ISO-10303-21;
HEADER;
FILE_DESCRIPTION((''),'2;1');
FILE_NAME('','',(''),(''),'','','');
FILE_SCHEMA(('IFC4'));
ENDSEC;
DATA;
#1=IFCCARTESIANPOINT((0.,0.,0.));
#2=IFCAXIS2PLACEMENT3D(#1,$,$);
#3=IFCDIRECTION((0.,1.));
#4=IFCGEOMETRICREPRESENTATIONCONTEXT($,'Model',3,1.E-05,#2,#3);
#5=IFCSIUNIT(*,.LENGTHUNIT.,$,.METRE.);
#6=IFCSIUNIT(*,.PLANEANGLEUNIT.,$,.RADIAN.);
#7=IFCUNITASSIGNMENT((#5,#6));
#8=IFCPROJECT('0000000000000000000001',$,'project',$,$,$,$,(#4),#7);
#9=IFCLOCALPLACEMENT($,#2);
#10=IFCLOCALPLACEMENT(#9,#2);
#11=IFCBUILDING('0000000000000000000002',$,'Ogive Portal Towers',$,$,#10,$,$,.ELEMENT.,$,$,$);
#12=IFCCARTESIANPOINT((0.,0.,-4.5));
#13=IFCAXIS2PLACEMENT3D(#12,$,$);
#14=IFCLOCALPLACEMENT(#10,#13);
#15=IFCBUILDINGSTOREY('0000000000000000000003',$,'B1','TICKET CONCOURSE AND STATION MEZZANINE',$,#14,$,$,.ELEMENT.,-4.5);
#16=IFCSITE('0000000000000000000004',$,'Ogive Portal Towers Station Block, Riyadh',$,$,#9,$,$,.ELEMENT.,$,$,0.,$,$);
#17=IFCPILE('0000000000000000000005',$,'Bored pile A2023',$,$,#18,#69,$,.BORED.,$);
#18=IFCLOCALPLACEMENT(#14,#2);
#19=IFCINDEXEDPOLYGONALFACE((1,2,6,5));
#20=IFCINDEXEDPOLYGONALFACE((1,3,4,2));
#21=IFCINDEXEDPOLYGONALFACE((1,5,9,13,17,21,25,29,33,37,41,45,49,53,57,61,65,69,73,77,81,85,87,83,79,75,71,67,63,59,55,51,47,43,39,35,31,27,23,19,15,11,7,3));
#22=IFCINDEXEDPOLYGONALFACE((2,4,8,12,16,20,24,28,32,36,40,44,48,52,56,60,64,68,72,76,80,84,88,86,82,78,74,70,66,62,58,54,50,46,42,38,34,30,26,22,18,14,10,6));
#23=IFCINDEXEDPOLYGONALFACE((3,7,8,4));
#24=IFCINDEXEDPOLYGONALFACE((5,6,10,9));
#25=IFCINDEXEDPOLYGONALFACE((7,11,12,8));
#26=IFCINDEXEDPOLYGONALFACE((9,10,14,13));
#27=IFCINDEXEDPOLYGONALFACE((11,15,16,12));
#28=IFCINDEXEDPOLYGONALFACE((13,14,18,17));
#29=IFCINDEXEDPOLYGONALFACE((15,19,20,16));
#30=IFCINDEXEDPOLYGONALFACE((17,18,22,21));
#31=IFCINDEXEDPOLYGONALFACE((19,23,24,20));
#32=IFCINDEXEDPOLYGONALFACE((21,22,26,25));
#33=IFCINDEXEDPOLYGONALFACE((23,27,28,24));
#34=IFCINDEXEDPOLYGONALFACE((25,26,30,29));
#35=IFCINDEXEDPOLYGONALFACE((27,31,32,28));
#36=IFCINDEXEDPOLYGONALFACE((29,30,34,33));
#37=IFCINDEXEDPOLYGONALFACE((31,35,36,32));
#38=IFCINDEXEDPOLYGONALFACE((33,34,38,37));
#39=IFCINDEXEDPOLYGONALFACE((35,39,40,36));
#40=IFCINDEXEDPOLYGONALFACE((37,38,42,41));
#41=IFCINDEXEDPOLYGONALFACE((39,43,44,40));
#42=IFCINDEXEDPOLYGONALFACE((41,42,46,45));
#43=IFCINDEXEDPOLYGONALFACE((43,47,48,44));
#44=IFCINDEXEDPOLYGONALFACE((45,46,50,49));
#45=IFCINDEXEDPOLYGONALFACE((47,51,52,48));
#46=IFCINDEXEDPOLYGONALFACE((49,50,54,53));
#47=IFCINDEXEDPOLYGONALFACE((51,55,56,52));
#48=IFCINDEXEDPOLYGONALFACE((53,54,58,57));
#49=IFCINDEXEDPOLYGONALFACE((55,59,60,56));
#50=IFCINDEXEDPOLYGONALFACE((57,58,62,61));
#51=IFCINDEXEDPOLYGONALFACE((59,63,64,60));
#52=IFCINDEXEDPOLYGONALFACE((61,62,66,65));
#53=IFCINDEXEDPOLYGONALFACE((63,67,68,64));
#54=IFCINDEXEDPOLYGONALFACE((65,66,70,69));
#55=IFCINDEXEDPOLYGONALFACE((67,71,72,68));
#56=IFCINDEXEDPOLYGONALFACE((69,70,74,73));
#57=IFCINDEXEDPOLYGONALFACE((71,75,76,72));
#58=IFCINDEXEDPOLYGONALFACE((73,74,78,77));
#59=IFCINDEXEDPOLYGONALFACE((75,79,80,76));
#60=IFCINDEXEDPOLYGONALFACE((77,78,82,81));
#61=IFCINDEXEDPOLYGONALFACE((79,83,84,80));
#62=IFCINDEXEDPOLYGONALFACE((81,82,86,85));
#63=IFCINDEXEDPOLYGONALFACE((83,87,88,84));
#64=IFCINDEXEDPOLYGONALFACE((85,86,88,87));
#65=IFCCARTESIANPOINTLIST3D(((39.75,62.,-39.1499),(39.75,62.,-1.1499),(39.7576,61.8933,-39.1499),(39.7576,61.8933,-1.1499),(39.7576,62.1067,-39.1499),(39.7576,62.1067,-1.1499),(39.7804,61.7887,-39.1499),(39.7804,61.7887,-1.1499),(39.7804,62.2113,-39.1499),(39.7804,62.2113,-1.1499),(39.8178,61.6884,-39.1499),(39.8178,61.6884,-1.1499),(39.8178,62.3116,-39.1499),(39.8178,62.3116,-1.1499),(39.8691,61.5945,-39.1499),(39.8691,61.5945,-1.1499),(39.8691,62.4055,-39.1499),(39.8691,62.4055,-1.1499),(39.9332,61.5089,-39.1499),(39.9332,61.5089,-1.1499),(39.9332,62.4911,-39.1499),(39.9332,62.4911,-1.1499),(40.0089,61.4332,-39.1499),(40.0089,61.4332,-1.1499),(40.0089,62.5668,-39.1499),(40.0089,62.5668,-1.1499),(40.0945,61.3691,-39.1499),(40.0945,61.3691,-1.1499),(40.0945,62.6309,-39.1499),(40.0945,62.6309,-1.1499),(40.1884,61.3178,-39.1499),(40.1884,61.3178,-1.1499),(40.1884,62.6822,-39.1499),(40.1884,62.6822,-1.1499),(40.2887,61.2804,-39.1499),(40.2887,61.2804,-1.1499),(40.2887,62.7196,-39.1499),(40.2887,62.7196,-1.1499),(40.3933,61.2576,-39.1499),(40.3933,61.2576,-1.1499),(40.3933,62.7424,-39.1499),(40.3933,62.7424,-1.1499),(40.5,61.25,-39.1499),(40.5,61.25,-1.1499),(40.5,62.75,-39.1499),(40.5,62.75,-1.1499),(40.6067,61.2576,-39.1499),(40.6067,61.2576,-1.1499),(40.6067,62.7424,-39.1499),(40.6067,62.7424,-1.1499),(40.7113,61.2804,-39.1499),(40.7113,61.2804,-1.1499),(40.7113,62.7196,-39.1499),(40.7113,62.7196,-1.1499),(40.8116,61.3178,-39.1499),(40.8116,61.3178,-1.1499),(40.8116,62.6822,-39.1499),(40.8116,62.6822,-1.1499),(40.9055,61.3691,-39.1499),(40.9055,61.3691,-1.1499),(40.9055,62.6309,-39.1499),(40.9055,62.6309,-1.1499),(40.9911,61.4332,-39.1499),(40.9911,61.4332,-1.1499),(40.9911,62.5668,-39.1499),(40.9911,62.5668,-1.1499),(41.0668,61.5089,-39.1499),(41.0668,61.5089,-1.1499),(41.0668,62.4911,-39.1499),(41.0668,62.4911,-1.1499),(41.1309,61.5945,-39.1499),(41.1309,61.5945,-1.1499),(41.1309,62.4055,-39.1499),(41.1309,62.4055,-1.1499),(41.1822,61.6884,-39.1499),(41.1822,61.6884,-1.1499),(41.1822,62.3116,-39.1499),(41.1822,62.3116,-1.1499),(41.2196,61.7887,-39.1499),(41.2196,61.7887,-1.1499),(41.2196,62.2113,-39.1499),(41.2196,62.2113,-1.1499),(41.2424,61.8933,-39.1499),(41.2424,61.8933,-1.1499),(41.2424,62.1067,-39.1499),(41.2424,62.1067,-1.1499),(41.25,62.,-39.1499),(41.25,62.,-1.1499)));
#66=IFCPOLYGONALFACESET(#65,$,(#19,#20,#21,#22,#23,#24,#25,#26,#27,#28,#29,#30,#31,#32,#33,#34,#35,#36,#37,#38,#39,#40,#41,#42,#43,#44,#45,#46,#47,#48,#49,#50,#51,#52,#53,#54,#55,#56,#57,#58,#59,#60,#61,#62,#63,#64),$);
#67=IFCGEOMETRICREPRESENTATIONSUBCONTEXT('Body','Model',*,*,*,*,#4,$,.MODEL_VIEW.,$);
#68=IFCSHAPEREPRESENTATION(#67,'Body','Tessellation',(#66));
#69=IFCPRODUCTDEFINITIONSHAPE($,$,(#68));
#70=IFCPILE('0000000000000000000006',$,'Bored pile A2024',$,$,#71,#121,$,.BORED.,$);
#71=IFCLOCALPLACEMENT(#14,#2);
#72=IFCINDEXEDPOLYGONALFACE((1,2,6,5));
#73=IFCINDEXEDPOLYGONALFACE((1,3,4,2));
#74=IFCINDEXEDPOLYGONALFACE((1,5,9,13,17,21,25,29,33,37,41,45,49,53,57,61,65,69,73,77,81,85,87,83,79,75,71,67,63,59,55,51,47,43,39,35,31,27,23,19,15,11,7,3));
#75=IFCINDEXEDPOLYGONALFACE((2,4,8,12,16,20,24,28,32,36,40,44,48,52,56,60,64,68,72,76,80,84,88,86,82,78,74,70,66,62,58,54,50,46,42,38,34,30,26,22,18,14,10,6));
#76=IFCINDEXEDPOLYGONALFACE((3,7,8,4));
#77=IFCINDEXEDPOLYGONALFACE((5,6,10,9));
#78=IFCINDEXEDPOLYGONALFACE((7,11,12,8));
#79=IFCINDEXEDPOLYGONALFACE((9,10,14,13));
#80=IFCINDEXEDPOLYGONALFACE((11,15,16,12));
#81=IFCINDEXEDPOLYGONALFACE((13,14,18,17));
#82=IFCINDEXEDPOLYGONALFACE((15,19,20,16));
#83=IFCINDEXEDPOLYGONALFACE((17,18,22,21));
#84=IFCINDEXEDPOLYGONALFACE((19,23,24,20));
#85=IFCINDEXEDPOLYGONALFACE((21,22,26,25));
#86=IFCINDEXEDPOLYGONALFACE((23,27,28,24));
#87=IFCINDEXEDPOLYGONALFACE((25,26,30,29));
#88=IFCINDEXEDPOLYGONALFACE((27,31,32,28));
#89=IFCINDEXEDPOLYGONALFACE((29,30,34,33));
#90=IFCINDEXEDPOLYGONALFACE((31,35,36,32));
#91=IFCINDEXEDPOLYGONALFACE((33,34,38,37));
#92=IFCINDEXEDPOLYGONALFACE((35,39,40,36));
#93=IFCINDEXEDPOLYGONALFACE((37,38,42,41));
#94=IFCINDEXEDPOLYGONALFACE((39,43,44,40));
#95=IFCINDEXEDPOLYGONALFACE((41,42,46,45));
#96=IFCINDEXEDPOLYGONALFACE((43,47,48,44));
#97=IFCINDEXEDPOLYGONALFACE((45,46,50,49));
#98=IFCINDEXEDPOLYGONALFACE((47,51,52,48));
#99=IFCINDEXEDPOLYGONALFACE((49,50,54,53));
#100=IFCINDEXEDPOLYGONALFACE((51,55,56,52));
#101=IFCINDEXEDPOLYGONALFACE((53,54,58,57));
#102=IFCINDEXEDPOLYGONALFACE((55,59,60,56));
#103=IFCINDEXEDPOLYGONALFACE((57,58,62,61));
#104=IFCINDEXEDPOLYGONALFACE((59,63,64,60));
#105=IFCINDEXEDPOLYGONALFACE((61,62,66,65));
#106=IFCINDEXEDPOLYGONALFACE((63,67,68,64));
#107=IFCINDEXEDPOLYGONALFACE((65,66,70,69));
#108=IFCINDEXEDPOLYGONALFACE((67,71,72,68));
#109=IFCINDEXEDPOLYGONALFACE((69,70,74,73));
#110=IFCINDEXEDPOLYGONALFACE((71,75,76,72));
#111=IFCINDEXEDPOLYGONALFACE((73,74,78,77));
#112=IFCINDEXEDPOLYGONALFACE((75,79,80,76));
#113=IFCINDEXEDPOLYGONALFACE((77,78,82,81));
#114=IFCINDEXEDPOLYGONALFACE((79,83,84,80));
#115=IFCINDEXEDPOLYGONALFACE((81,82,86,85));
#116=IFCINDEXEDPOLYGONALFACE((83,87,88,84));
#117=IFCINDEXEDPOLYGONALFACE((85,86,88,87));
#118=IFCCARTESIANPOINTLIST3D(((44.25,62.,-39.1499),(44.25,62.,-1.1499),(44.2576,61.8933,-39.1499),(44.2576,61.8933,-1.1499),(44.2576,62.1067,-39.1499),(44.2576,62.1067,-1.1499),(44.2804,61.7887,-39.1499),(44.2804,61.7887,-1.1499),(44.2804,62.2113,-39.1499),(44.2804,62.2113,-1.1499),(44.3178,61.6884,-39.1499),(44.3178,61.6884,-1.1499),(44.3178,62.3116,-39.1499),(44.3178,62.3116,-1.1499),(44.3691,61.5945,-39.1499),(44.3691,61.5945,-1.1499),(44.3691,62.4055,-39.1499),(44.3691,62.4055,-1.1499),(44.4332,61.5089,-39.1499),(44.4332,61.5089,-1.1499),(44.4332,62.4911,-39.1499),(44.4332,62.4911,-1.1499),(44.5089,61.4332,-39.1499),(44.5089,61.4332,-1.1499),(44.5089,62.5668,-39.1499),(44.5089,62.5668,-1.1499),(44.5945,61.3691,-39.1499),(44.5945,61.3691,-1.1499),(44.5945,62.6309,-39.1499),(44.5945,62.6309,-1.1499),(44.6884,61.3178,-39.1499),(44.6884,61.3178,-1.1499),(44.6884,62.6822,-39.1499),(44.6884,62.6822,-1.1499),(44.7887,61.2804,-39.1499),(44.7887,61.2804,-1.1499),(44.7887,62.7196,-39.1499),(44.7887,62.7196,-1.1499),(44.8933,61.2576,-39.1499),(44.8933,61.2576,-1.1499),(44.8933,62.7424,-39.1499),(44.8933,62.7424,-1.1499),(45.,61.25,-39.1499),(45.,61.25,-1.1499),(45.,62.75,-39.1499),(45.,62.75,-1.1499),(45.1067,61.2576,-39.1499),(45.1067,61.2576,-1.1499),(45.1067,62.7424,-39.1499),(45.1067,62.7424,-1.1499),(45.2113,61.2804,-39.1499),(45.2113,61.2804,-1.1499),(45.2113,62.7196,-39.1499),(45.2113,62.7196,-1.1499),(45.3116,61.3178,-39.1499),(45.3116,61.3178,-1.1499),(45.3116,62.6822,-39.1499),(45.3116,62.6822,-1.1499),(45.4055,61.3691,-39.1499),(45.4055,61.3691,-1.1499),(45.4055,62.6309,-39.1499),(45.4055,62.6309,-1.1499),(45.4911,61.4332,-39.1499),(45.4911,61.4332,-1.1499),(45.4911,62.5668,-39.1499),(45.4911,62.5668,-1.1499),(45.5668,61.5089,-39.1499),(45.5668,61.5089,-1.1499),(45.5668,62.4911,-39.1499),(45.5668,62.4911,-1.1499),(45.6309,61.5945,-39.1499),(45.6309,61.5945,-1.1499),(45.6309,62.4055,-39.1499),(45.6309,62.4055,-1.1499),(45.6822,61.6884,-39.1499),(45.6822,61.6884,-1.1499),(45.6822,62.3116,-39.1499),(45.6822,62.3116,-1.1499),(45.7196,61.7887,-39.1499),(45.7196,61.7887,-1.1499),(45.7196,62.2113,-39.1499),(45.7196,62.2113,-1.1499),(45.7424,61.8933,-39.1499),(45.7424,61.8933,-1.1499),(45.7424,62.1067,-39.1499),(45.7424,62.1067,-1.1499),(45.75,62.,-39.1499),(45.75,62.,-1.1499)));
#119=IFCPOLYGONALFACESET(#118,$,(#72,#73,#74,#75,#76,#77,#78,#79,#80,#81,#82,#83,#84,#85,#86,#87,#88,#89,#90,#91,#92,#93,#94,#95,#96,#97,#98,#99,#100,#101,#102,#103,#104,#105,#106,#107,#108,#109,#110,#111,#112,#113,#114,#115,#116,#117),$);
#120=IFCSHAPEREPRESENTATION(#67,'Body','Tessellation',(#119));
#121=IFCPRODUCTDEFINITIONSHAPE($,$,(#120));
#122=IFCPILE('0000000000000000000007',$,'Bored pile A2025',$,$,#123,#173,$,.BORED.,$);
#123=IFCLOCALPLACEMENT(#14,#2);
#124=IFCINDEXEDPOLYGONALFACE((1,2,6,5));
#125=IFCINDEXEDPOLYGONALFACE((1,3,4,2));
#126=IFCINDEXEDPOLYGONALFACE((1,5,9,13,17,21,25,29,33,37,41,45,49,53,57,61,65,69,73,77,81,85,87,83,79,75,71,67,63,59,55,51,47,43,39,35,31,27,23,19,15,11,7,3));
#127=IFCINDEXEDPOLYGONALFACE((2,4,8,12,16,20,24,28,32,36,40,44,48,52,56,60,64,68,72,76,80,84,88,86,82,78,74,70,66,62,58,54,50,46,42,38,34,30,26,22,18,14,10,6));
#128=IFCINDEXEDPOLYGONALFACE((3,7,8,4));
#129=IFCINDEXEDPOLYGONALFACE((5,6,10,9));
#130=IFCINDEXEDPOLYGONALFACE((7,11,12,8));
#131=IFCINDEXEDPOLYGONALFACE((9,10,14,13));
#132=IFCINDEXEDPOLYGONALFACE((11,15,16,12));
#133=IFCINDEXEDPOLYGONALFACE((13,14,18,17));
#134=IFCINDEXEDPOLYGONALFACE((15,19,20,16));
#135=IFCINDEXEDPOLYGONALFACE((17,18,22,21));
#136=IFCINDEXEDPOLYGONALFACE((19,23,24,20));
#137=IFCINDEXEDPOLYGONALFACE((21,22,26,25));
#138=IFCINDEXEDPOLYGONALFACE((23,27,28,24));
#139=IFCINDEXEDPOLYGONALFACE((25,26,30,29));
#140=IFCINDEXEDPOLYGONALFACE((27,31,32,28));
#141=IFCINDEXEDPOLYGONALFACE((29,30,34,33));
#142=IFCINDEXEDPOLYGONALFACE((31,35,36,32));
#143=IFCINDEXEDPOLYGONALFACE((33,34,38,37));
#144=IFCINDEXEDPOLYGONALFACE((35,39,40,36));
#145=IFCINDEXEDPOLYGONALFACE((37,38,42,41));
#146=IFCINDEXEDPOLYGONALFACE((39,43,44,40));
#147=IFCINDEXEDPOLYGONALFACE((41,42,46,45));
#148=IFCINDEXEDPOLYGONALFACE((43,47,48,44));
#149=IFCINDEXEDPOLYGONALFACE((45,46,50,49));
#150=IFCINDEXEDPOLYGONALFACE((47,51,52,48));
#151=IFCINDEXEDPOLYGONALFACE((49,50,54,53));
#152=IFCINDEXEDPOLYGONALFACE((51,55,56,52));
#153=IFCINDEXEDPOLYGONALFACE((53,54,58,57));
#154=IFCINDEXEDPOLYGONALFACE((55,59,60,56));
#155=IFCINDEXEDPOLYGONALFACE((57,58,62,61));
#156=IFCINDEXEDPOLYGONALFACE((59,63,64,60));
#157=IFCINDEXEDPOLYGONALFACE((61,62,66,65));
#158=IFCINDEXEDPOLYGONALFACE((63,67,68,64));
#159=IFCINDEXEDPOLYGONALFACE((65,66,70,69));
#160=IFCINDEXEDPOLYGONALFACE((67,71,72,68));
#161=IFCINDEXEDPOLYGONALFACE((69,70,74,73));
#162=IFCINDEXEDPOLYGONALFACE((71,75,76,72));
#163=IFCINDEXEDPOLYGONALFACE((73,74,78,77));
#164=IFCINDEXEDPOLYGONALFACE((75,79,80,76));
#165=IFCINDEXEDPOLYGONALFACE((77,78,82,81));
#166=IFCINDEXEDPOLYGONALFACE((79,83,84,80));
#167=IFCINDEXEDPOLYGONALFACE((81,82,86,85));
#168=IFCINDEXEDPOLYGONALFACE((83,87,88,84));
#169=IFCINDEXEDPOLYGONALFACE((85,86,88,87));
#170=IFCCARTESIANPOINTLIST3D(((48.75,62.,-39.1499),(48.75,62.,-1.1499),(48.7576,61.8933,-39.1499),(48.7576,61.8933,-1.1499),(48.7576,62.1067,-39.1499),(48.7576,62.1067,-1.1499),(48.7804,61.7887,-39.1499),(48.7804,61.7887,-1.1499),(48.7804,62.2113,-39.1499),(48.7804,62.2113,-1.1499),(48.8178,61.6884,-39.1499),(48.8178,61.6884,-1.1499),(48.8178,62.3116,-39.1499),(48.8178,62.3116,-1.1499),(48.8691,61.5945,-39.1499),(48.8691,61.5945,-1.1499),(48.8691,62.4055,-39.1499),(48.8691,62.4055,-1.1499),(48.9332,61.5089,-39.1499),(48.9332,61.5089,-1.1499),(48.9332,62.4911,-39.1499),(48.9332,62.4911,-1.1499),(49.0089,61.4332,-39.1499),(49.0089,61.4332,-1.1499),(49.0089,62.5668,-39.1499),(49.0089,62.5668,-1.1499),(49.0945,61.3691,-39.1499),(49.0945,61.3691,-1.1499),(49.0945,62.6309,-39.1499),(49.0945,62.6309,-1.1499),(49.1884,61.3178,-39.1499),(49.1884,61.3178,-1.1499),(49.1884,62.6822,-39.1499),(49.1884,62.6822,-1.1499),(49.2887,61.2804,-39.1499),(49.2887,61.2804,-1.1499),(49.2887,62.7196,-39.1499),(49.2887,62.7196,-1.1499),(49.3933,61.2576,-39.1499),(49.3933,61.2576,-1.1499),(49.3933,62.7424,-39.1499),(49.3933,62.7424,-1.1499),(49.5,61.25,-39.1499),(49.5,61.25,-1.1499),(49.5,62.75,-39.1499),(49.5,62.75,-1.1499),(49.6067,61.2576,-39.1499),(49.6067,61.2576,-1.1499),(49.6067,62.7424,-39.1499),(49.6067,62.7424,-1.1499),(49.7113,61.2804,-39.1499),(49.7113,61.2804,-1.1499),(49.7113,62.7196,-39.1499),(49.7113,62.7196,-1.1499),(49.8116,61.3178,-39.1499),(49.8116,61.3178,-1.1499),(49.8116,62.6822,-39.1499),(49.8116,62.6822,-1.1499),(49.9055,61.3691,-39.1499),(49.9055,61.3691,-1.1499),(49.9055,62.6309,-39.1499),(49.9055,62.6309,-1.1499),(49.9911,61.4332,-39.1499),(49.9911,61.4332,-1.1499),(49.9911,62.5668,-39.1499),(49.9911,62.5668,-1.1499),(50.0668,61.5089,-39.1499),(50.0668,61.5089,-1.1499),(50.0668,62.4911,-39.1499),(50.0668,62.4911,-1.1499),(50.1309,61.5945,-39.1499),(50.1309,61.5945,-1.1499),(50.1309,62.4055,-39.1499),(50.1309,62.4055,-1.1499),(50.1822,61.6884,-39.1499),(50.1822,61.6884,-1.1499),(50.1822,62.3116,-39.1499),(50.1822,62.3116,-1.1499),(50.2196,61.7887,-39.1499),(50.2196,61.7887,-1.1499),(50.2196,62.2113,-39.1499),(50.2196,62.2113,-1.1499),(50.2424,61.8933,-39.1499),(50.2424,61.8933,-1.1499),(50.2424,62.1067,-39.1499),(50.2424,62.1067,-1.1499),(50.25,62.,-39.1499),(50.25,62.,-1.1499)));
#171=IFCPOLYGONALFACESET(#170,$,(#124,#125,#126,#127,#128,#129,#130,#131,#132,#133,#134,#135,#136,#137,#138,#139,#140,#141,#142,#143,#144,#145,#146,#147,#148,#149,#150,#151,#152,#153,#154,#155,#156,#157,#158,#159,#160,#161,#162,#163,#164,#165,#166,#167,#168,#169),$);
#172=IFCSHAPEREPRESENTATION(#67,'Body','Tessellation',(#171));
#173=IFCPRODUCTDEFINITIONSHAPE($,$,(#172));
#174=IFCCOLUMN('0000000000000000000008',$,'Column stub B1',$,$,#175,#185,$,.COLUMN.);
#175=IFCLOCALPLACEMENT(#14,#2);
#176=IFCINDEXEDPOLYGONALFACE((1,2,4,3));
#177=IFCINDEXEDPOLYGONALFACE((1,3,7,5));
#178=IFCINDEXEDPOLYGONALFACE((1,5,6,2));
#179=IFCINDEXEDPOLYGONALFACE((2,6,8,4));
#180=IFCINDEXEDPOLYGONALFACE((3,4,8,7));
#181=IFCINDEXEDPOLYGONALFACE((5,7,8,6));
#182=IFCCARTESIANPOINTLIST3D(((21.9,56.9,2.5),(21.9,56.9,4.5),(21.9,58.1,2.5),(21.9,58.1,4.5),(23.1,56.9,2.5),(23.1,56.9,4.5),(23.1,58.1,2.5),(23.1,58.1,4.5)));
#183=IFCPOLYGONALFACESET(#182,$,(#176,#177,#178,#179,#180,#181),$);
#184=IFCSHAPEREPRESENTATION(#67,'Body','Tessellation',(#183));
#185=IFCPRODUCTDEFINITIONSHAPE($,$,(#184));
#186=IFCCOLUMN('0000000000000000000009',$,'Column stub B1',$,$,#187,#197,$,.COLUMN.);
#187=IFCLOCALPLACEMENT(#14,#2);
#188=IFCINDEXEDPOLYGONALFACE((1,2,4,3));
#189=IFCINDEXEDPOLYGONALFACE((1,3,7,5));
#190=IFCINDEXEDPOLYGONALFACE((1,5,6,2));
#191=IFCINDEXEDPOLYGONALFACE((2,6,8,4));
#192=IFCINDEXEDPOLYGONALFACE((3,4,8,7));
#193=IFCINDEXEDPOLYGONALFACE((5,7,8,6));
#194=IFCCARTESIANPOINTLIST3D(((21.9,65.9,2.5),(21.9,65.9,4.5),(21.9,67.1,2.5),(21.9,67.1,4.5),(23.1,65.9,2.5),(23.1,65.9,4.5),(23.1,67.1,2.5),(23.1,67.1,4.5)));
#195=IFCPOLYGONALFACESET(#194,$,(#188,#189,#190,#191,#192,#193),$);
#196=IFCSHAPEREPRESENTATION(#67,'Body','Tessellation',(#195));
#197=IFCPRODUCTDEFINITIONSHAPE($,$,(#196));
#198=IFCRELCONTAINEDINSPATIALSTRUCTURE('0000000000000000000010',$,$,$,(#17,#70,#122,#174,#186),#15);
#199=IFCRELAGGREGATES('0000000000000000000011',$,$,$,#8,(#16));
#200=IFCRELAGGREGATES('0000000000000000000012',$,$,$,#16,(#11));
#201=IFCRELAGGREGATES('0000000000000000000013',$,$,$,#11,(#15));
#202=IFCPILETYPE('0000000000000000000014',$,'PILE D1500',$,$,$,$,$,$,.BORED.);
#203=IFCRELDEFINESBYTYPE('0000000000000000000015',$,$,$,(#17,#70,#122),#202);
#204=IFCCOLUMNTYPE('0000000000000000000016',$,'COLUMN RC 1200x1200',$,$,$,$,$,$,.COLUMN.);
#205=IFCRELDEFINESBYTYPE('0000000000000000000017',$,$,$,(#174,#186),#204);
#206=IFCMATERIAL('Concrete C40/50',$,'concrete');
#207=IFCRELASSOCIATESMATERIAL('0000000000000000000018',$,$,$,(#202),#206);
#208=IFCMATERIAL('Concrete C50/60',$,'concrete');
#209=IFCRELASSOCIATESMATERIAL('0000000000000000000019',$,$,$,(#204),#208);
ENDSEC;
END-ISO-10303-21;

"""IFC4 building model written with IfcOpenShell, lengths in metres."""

from ifc_helpers import new_model, si_unit, direction, frame, origin, origin_2d, place, context, subcontext, project, spatial, rectangle, circle, extrude, material, material_profile, profile_set, type_object, element, save


model = new_model("IFC4")

# Units and contexts
model_context = context("Model", 3, precision=1e-05, world=origin(), true_north=direction((0.0, 1.0)))
body_context = subcontext(model_context, "Body", "Model", "MODEL_VIEW")
ifc_project = project(units=[si_unit("LENGTHUNIT", "METRE"), si_unit("PLANEANGLEUNIT", "RADIAN")], contexts=[model_context])

# Site, building, storey
site_placement = place(None, origin())
site = spatial("IfcSite", under=ifc_project, at=site_placement, Name="Ogive Portal Towers Station Block, Riyadh", CompositionType="ELEMENT", RefElevation=0.0)
building_placement = place(site_placement, origin())
building = spatial("IfcBuilding", under=site, at=building_placement, Name="Ogive Portal Towers", CompositionType="ELEMENT")
storey_placement = place(building_placement, frame((0.0, 0.0, -4.5)))
storey = spatial("IfcBuildingStorey", under=building, at=storey_placement, Name="B1", Description="TICKET CONCOURSE AND STATION MEZZANINE", CompositionType="ELEMENT", Elevation=-4.5)

# Piles
ifc_material_1 = material(Name="Concrete C40/50", Category="concrete")
ifc_material_profile_1 = material_profile(ifc_material_1, circle(Radius=0.75, at=origin_2d()), Name="PILE D1500")
ifc_profile_set_1 = profile_set([ifc_material_profile_1], Name="Concrete C40/50")
pile_type = type_object("IfcPileType", Name="PILE D1500", PredefinedType="BORED", material=ifc_profile_set_1)
for number, where, z_axis, x_axis, name in (
    (1, (40.5, 62.0, -1.1499), (0.0, 0.0, -1.0), (1.0, 0.0, 0.0), "Bored pile A2023"),
    (2, (45.0, 62.0, -1.1499), (0.0, 0.0, -1.0), (1.0, 0.0, 0.0), "Bored pile A2024"),
    (3, (49.5, 62.0, -1.1499), (0.0, 0.0, -1.0), (1.0, 0.0, 0.0), "Bored pile A2025"),
):
    element("IfcPile", number, at=place(storey_placement, frame(where, z_axis=z_axis, x_axis=x_axis)), inside=storey, type_object=pile_type, Name=name, PredefinedType="BORED", context=body_context, shape_type="SweptSolid", body=[
        extrude(circle(Radius=0.75, at=origin_2d()), origin(), (0.0, 0.0, 1.0), 38.0),
    ])

# Columns
ifc_material_2 = material(Name="Concrete C50/60", Category="concrete")
ifc_material_profile_2 = material_profile(ifc_material_2, rectangle(XDim=1.2, YDim=1.2, at=origin_2d()), Name="RC 1200x1200")
ifc_profile_set_2 = profile_set([ifc_material_profile_2], Name="Concrete C50/60")
column_type_1 = type_object("IfcColumnType", Name="COLUMN RC 1200x1200", PredefinedType="COLUMN", material=ifc_profile_set_2)
for number, where, z_axis, x_axis, name in (
    (4, (22.5, 57.5, 2.5), (0.0, 0.0, 1.0), (1.0, 0.0, 0.0), "Column stub B1"),
    (5, (22.5, 66.5, 2.5), (0.0, 0.0, 1.0), (1.0, 0.0, 0.0), "Column stub B1"),
):
    element("IfcColumn", number, at=place(storey_placement, frame(where, z_axis=z_axis, x_axis=x_axis)), inside=storey, type_object=column_type_1, Name=name, PredefinedType="COLUMN", context=body_context, shape_type="SweptSolid", body=[
        extrude(rectangle(XDim=1.2, YDim=1.2, at=origin_2d()), origin(), (0.0, 0.0, 1.0), 2.0),
    ])

save(model, "model.ifc")
